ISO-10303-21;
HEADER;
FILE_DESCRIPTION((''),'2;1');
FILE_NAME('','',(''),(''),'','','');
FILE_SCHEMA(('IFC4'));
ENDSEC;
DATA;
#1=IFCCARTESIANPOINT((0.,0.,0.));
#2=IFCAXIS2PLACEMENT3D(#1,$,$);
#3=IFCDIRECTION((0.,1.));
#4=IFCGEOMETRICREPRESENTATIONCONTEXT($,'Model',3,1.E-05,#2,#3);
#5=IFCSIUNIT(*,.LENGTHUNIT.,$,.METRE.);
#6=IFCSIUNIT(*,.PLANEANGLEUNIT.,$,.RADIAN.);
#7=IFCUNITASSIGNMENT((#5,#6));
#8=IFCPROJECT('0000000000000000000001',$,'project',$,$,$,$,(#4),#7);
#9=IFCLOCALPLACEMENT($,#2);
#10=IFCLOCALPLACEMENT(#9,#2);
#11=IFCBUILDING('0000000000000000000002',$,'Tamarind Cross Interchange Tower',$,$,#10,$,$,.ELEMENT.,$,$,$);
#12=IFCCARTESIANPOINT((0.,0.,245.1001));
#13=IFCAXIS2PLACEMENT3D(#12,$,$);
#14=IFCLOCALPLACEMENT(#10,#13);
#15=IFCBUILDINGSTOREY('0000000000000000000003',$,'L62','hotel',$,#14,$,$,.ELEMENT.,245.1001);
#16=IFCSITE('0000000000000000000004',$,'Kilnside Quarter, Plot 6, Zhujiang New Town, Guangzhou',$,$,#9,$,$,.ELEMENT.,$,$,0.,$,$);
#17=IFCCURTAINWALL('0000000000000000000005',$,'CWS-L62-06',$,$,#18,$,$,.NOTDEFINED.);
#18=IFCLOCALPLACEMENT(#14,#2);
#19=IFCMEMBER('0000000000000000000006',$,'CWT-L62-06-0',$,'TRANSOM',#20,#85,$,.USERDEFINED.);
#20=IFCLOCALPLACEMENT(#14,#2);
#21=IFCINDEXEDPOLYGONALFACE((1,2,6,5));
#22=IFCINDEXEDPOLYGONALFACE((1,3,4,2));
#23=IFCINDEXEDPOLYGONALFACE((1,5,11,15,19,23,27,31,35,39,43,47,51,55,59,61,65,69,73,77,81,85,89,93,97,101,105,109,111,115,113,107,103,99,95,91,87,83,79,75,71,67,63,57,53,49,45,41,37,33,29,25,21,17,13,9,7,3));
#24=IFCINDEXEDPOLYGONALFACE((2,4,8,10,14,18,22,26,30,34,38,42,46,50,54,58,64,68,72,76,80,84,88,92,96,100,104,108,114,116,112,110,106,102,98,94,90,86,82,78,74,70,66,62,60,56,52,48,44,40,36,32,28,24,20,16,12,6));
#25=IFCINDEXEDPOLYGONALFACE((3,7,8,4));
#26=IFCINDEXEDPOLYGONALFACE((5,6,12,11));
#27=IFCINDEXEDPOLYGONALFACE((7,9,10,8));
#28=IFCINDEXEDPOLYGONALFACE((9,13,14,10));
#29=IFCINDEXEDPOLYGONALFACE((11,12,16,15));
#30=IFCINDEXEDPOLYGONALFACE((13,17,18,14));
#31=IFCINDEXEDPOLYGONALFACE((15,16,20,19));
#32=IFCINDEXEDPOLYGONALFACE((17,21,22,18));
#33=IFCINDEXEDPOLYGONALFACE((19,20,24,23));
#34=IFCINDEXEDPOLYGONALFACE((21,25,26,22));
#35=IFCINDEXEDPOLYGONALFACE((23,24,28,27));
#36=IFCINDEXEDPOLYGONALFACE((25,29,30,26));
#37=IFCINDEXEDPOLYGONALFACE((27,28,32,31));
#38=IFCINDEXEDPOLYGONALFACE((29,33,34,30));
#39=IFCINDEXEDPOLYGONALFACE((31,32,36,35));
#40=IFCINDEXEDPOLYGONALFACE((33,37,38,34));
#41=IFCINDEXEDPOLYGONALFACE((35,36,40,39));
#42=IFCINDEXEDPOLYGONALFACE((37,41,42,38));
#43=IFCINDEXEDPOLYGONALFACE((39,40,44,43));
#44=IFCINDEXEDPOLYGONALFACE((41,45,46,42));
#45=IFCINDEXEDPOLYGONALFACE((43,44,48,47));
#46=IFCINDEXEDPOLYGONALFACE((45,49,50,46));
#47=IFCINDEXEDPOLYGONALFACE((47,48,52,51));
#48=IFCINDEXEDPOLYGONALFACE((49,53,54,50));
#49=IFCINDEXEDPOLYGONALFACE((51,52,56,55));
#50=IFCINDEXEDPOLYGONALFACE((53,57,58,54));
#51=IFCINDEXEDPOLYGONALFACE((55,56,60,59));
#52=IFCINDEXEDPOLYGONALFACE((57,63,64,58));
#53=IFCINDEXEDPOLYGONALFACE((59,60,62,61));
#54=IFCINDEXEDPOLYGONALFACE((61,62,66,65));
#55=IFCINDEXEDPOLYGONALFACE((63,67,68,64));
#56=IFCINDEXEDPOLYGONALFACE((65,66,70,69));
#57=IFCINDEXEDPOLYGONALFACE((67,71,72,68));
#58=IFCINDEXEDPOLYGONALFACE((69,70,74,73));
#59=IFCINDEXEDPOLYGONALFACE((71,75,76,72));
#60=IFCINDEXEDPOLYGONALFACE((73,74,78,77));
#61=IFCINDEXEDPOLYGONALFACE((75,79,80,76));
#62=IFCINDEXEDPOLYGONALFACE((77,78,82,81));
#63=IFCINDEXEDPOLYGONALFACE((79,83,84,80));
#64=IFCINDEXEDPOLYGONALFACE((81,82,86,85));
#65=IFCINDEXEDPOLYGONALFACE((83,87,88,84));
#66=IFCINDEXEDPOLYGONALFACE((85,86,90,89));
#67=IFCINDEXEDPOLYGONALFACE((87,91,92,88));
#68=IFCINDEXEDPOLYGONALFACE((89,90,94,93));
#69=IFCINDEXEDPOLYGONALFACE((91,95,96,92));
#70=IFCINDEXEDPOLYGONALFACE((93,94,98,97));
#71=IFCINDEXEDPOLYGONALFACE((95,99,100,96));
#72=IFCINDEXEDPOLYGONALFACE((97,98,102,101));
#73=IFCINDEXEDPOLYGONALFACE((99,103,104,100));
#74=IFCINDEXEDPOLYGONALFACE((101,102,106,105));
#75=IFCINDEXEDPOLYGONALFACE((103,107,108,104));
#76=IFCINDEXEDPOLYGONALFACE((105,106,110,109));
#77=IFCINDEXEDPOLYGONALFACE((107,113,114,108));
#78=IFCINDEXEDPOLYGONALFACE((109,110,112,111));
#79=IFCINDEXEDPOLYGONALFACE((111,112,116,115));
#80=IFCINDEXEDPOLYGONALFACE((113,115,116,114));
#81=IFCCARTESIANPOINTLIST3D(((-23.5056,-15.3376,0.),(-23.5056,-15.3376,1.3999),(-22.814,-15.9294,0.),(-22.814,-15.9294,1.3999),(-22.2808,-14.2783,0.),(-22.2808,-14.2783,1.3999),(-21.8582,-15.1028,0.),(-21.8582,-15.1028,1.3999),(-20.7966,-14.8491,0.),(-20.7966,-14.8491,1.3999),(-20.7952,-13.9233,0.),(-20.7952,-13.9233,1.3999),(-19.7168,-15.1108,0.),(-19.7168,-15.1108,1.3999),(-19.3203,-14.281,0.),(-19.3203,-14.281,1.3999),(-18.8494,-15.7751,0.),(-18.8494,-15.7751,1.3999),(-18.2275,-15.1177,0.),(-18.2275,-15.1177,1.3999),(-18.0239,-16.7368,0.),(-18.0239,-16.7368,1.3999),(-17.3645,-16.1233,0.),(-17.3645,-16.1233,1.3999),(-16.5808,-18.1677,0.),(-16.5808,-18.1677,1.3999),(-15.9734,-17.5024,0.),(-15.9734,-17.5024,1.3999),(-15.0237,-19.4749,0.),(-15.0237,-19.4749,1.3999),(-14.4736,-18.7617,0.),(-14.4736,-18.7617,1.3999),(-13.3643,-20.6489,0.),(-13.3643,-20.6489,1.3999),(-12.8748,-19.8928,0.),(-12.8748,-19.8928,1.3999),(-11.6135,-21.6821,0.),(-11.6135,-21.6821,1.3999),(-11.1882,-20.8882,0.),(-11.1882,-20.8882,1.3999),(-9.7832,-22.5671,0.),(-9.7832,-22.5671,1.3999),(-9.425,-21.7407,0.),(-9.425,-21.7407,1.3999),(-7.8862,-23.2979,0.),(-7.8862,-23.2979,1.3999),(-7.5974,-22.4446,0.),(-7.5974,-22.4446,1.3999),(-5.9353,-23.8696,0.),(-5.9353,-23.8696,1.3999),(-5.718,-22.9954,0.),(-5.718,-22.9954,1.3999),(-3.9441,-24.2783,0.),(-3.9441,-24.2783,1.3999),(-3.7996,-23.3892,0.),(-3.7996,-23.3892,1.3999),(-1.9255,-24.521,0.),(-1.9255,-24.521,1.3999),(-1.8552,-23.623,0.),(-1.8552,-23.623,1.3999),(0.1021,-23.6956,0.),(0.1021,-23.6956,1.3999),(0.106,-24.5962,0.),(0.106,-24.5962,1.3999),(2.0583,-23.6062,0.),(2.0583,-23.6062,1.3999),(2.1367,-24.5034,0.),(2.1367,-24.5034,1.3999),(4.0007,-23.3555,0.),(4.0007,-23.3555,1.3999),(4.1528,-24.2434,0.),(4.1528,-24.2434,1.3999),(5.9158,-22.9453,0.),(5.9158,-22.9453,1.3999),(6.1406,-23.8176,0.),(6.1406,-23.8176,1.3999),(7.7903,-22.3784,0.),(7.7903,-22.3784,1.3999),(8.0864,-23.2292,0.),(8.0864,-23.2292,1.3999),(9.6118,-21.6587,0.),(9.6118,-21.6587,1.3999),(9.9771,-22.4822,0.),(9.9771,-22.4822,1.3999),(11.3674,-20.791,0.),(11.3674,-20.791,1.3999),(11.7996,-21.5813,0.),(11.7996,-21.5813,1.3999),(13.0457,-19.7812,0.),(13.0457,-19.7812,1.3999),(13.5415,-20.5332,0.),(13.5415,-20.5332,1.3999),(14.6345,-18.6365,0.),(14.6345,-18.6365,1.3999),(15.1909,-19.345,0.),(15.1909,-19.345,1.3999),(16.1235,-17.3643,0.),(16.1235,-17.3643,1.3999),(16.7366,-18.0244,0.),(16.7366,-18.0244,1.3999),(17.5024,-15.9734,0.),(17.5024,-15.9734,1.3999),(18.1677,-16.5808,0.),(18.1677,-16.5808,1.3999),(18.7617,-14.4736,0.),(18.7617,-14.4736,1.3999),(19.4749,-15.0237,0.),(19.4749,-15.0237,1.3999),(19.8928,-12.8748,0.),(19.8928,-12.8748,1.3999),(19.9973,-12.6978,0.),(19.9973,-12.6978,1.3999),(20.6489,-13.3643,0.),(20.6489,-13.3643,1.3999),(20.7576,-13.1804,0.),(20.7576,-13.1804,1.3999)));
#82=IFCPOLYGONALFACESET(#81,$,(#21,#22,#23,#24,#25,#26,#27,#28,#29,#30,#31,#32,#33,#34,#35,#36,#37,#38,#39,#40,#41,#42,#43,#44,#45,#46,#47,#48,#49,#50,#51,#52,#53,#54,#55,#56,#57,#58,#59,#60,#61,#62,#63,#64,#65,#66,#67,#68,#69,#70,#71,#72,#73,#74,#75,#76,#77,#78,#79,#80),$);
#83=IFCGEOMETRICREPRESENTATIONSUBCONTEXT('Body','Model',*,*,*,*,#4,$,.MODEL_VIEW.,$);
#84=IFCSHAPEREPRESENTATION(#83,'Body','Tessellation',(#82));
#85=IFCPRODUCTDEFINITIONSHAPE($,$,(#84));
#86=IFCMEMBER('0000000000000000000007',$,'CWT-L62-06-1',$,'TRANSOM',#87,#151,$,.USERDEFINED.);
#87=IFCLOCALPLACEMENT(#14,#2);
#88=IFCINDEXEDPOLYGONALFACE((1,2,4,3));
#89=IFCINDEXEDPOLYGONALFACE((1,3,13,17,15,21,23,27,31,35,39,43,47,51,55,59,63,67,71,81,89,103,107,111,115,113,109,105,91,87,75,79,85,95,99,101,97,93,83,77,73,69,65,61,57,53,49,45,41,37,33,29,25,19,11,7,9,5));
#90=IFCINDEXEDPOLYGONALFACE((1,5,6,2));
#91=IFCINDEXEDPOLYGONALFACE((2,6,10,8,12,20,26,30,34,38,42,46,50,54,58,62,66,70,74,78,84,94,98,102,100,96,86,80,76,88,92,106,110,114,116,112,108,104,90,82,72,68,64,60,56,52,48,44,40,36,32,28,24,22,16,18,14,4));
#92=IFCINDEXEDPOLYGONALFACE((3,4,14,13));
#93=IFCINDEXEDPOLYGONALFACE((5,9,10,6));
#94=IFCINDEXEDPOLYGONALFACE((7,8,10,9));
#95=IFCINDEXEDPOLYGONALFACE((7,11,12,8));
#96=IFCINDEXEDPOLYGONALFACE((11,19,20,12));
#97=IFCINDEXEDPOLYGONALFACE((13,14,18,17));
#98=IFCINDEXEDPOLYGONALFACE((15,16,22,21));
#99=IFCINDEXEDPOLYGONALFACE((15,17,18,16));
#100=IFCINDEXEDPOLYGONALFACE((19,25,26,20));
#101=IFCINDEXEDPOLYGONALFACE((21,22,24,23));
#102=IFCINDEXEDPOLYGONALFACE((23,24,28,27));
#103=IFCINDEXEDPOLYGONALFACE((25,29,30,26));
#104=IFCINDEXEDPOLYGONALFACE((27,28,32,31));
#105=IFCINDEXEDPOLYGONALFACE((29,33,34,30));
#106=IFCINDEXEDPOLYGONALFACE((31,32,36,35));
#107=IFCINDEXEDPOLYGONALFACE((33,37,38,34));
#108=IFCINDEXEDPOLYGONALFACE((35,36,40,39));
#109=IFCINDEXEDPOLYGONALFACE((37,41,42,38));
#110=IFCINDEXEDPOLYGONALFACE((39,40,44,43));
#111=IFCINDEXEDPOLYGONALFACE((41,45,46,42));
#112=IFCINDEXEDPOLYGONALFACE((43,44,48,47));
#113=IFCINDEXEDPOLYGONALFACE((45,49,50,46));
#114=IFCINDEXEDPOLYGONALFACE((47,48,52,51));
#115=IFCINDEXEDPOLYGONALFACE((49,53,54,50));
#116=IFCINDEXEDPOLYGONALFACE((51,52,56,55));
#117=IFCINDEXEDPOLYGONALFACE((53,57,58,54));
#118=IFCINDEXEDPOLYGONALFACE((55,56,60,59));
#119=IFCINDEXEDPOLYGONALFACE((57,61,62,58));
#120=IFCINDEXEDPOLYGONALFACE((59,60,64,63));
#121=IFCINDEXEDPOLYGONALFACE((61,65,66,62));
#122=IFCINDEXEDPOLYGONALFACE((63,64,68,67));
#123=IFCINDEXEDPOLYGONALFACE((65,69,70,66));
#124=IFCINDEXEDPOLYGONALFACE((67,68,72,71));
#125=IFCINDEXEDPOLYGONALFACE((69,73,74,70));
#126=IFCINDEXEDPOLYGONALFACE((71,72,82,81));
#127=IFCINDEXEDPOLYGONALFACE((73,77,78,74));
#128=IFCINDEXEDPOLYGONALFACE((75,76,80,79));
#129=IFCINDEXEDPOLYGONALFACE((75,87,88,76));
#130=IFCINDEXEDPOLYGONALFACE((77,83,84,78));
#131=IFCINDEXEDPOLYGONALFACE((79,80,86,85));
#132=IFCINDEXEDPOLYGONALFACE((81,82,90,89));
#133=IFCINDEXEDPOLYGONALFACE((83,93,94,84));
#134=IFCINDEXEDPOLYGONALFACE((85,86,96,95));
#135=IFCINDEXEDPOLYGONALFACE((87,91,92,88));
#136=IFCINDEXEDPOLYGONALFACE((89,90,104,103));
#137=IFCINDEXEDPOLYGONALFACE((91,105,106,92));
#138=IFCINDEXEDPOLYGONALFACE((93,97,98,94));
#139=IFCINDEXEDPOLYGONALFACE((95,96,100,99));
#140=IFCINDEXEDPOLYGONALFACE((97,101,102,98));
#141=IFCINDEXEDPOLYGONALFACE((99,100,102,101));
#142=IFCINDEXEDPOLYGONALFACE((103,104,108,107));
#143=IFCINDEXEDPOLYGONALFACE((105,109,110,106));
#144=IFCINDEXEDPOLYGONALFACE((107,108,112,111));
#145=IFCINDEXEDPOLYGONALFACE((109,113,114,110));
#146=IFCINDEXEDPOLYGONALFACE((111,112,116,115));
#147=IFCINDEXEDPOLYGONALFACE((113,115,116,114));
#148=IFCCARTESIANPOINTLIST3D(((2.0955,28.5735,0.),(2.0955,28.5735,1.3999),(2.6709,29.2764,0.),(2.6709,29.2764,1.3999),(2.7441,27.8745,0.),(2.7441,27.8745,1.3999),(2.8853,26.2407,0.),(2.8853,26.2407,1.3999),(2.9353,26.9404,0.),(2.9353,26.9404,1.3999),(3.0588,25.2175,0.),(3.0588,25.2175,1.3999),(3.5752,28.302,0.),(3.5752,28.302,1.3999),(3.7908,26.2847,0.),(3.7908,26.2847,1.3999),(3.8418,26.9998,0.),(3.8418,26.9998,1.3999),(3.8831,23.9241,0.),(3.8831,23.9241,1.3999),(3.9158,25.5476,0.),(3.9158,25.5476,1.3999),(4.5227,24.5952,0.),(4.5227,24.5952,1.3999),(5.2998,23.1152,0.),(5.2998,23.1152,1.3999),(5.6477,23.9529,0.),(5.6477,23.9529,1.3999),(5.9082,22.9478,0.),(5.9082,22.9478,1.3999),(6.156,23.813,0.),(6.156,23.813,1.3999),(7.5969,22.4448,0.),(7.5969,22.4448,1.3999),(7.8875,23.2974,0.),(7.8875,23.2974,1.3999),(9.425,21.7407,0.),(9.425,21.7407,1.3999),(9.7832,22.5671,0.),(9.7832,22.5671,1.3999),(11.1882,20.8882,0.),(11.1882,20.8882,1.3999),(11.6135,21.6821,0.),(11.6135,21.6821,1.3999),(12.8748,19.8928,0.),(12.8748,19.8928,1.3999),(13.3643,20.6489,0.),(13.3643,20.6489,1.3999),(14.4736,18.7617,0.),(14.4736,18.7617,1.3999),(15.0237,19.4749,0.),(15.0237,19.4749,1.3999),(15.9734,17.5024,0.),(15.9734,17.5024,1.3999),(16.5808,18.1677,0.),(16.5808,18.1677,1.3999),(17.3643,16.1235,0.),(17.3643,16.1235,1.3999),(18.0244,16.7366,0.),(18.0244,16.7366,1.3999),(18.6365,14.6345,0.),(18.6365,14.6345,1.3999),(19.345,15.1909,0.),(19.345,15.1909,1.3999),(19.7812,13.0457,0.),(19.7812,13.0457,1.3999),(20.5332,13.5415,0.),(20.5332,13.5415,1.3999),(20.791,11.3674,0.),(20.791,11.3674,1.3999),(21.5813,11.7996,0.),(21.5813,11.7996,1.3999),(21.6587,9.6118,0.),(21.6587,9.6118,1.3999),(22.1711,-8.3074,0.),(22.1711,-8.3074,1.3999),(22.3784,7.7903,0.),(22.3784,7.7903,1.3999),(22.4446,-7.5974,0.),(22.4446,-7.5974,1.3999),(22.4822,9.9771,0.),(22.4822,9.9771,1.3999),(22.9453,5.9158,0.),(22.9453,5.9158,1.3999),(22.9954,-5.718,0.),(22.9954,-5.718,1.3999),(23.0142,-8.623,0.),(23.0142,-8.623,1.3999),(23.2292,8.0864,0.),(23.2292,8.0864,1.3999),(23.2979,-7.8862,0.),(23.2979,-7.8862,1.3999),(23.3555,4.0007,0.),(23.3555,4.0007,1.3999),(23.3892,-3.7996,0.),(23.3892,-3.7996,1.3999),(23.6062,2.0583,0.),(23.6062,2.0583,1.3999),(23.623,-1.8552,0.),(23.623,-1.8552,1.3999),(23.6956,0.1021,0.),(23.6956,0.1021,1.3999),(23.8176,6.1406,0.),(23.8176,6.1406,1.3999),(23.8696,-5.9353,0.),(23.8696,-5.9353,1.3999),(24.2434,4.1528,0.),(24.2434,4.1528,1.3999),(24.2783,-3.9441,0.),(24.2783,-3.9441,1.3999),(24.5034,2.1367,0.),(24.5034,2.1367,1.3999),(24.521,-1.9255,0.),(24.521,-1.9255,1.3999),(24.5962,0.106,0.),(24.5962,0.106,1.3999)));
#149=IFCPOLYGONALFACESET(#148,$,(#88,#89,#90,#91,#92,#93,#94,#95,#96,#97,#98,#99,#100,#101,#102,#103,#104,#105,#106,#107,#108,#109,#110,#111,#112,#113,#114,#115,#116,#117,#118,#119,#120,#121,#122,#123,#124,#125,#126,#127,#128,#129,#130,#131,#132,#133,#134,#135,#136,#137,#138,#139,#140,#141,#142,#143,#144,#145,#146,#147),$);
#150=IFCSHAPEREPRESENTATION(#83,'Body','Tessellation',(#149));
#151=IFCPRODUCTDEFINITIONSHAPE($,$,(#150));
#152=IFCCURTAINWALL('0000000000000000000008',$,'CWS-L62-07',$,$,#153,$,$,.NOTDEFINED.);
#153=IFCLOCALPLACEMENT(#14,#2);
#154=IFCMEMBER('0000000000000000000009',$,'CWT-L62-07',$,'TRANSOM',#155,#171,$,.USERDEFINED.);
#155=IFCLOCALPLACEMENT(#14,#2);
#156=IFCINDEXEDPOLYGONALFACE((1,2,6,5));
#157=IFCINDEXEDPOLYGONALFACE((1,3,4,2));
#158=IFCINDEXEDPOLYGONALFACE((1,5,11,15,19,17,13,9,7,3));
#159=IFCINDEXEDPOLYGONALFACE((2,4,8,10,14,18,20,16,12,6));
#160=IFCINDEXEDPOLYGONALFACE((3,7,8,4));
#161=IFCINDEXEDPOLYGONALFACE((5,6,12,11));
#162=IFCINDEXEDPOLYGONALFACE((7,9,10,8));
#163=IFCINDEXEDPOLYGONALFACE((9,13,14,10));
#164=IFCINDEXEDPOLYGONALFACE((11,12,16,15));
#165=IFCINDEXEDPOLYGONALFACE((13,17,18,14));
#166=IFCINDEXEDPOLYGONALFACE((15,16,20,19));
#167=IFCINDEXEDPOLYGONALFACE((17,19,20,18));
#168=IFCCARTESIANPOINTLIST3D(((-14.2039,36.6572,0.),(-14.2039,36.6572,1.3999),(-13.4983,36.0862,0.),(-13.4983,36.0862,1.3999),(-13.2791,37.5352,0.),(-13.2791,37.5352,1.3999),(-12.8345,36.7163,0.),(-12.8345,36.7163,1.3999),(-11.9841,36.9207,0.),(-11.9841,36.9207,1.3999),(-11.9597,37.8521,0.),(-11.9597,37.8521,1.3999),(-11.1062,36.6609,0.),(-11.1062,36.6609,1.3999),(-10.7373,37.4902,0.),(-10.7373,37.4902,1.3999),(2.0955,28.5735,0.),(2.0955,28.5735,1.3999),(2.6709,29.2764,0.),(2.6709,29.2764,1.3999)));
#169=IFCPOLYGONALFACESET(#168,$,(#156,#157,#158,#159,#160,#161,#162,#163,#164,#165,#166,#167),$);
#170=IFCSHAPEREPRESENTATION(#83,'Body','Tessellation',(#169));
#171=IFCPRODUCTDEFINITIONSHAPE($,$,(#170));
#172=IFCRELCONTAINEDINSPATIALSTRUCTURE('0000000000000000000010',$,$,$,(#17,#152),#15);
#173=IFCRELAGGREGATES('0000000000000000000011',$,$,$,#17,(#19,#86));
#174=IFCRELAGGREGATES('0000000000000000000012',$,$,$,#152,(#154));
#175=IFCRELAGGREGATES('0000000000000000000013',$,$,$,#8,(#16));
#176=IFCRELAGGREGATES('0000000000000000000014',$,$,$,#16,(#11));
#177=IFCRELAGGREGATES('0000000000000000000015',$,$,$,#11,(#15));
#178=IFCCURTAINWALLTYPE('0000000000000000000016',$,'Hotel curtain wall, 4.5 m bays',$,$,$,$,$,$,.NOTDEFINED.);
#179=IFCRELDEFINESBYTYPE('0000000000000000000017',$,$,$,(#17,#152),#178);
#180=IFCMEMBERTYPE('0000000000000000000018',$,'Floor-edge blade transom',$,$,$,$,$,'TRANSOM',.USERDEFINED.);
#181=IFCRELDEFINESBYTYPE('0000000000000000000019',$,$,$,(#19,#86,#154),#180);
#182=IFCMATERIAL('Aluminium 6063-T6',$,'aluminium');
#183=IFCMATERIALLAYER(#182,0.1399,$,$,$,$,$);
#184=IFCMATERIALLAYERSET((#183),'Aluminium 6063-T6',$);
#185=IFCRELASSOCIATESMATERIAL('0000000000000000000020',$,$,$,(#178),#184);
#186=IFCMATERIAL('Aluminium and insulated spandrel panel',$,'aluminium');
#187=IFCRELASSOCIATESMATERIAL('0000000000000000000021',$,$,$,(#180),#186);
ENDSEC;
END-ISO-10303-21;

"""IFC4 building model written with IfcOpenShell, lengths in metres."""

from ifc_helpers import new_model, si_unit, direction, frame, origin, place, context, subcontext, project, spatial, polyline, outline, extrude, material, layer, layer_set, type_object, element, aggregate, save


model = new_model("IFC4")

# Units and contexts
model_context = context("Model", 3, precision=1e-05, world=origin(), true_north=direction((0.0, 1.0)))
body_context = subcontext(model_context, "Body", "Model", "MODEL_VIEW")
ifc_project = project(units=[si_unit("LENGTHUNIT", "METRE"), si_unit("PLANEANGLEUNIT", "RADIAN")], contexts=[model_context])

# Site, building, storey
site_placement = place(None, origin())
site = spatial("IfcSite", under=ifc_project, at=site_placement, Name="Kilnside Quarter, Plot 6, Zhujiang New Town, Guangzhou", CompositionType="ELEMENT", RefElevation=0.0)
building_placement = place(site_placement, origin())
building = spatial("IfcBuilding", under=site, at=building_placement, Name="Tamarind Cross Interchange Tower", CompositionType="ELEMENT")
storey_placement = place(building_placement, frame((0.0, 0.0, 245.1001)))
storey = spatial("IfcBuildingStorey", under=building, at=storey_placement, Name="L62", Description="hotel", CompositionType="ELEMENT", Elevation=245.1001)

# Curtain wall, members
ifc_material_1 = material(Name="Aluminium 6063-T6", Category="aluminium")
ifc_layer_1 = layer(ifc_material_1, 0.1399)
ifc_layer_set_1 = layer_set([ifc_layer_1], Name="Aluminium 6063-T6")
curtain_wall_type = type_object("IfcCurtainWallType", Name="Hotel curtain wall, 4.5 m bays", PredefinedType="NOTDEFINED", material=ifc_layer_set_1)
curtain_wall_1_placement = place(storey_placement, origin())
curtain_wall_1 = element("IfcCurtainWall", 1, at=curtain_wall_1_placement, inside=storey, type_object=curtain_wall_type, Name="CWS-L62-06", PredefinedType="NOTDEFINED")
ifc_material_2 = material(Name="Aluminium and insulated spandrel panel", Category="aluminium")
member_type = type_object("IfcMemberType", Name="Floor-edge blade transom", ElementType="TRANSOM", PredefinedType="USERDEFINED", material=ifc_material_2)
member_1_placement = place(storey_placement, origin())
member_1 = element("IfcMember", 2, at=member_1_placement, type_object=member_type, Name="CWT-L62-06-0", ObjectType="TRANSOM", PredefinedType="USERDEFINED", context=body_context, shape_type="SweptSolid", body=[
    extrude(outline(polyline([(-23.5056, -15.3376), (-22.2808, -14.2783), (-20.7952, -13.9233), (-19.3203, -14.281), (-18.2275, -15.1177), (-17.3645, -16.1233), (-15.9734, -17.5024), (-14.4736, -18.7617), (-12.8748, -19.8928), (-11.1882, -20.8882), (-9.425, -21.7407), (-7.5974, -22.4446), (-5.718, -22.9954), (-3.7996, -23.3892), (-1.8552, -23.623), (0.1021, -23.6956), (2.0583, -23.6062), (4.0007, -23.3555), (5.9158, -22.9453), (7.7903, -22.3784), (9.6118, -21.6587), (11.3674, -20.791), (13.0457, -19.7812), (14.6345, -18.6365), (16.1235, -17.3643), (17.5024, -15.9734), (18.7617, -14.4736), (19.8928, -12.8748), (19.9973, -12.6978), (20.7576, -13.1804), (20.6489, -13.3643), (19.4749, -15.0237), (18.1677, -16.5808), (16.7366, -18.0244), (15.1909, -19.345), (13.5415, -20.5332), (11.7996, -21.5813), (9.9771, -22.4822), (8.0864, -23.2292), (6.1406, -23.8176), (4.1528, -24.2434), (2.1367, -24.5034), (0.106, -24.5962), (-1.9255, -24.521), (-3.9441, -24.2783), (-5.9353, -23.8696), (-7.8862, -23.2979), (-9.7832, -22.5671), (-11.6135, -21.6821), (-13.3643, -20.6489), (-15.0237, -19.4749), (-16.5808, -18.1677), (-18.0239, -16.7368), (-18.8494, -15.7751), (-19.7168, -15.1108), (-20.7966, -14.8491), (-21.8582, -15.1028), (-22.814, -15.9294), (-23.5056, -15.3376)])), origin(), (0.0, 0.0, 1.0), 1.3999),
])
member_2_placement = place(storey_placement, origin())
member_2 = element("IfcMember", 3, at=member_2_placement, type_object=member_type, Name="CWT-L62-06-1", ObjectType="TRANSOM", PredefinedType="USERDEFINED", context=body_context, shape_type="SweptSolid", body=[
    extrude(outline(polyline([(22.1711, -8.3074), (22.4446, -7.5974), (22.9954, -5.718), (23.3892, -3.7996), (23.623, -1.8552), (23.6956, 0.1021), (23.6062, 2.0583), (23.3555, 4.0007), (22.9453, 5.9158), (22.3784, 7.7903), (21.6587, 9.6118), (20.791, 11.3674), (19.7812, 13.0457), (18.6365, 14.6345), (17.3643, 16.1235), (15.9734, 17.5024), (14.4736, 18.7617), (12.8748, 19.8928), (11.1882, 20.8882), (9.425, 21.7407), (7.5969, 22.4448), (5.9082, 22.9478), (5.2998, 23.1152), (3.8831, 23.9241), (3.0588, 25.2175), (2.8853, 26.2407), (2.9353, 26.9404), (2.7441, 27.8745), (2.0955, 28.5735), (2.6709, 29.2764), (3.5752, 28.302), (3.8418, 26.9998), (3.7908, 26.2847), (3.9158, 25.5476), (4.5227, 24.5952), (5.6477, 23.9529), (6.156, 23.813), (7.8875, 23.2974), (9.7832, 22.5671), (11.6135, 21.6821), (13.3643, 20.6489), (15.0237, 19.4749), (16.5808, 18.1677), (18.0244, 16.7366), (19.345, 15.1909), (20.5332, 13.5415), (21.5813, 11.7996), (22.4822, 9.9771), (23.2292, 8.0864), (23.8176, 6.1406), (24.2434, 4.1528), (24.5034, 2.1367), (24.5962, 0.106), (24.521, -1.9255), (24.2783, -3.9441), (23.8696, -5.9353), (23.2979, -7.8862), (23.0142, -8.623), (22.1711, -8.3074)])), origin(), (0.0, 0.0, 1.0), 1.3999),
])
aggregate(curtain_wall_1, [member_1, member_2])

# Curtain wall, member
curtain_wall_2_placement = place(storey_placement, origin())
curtain_wall_2 = element("IfcCurtainWall", 4, at=curtain_wall_2_placement, inside=storey, type_object=curtain_wall_type, Name="CWS-L62-07", PredefinedType="NOTDEFINED")
member_3_placement = place(storey_placement, origin())
member_3 = element("IfcMember", 5, at=member_3_placement, type_object=member_type, Name="CWT-L62-07", ObjectType="TRANSOM", PredefinedType="USERDEFINED", context=body_context, shape_type="SweptSolid", body=[
    extrude(outline(polyline([(2.0955, 28.5735), (-11.1062, 36.6609), (-11.9841, 36.9207), (-12.8345, 36.7163), (-13.4983, 36.0862), (-14.2039, 36.6572), (-13.2791, 37.5352), (-11.9597, 37.8521), (-10.7373, 37.4902), (2.6709, 29.2764), (2.0955, 28.5735)])), origin(), (0.0, 0.0, 1.0), 1.3999),
])
aggregate(curtain_wall_2, [member_3])

save(model, "model.ifc")
